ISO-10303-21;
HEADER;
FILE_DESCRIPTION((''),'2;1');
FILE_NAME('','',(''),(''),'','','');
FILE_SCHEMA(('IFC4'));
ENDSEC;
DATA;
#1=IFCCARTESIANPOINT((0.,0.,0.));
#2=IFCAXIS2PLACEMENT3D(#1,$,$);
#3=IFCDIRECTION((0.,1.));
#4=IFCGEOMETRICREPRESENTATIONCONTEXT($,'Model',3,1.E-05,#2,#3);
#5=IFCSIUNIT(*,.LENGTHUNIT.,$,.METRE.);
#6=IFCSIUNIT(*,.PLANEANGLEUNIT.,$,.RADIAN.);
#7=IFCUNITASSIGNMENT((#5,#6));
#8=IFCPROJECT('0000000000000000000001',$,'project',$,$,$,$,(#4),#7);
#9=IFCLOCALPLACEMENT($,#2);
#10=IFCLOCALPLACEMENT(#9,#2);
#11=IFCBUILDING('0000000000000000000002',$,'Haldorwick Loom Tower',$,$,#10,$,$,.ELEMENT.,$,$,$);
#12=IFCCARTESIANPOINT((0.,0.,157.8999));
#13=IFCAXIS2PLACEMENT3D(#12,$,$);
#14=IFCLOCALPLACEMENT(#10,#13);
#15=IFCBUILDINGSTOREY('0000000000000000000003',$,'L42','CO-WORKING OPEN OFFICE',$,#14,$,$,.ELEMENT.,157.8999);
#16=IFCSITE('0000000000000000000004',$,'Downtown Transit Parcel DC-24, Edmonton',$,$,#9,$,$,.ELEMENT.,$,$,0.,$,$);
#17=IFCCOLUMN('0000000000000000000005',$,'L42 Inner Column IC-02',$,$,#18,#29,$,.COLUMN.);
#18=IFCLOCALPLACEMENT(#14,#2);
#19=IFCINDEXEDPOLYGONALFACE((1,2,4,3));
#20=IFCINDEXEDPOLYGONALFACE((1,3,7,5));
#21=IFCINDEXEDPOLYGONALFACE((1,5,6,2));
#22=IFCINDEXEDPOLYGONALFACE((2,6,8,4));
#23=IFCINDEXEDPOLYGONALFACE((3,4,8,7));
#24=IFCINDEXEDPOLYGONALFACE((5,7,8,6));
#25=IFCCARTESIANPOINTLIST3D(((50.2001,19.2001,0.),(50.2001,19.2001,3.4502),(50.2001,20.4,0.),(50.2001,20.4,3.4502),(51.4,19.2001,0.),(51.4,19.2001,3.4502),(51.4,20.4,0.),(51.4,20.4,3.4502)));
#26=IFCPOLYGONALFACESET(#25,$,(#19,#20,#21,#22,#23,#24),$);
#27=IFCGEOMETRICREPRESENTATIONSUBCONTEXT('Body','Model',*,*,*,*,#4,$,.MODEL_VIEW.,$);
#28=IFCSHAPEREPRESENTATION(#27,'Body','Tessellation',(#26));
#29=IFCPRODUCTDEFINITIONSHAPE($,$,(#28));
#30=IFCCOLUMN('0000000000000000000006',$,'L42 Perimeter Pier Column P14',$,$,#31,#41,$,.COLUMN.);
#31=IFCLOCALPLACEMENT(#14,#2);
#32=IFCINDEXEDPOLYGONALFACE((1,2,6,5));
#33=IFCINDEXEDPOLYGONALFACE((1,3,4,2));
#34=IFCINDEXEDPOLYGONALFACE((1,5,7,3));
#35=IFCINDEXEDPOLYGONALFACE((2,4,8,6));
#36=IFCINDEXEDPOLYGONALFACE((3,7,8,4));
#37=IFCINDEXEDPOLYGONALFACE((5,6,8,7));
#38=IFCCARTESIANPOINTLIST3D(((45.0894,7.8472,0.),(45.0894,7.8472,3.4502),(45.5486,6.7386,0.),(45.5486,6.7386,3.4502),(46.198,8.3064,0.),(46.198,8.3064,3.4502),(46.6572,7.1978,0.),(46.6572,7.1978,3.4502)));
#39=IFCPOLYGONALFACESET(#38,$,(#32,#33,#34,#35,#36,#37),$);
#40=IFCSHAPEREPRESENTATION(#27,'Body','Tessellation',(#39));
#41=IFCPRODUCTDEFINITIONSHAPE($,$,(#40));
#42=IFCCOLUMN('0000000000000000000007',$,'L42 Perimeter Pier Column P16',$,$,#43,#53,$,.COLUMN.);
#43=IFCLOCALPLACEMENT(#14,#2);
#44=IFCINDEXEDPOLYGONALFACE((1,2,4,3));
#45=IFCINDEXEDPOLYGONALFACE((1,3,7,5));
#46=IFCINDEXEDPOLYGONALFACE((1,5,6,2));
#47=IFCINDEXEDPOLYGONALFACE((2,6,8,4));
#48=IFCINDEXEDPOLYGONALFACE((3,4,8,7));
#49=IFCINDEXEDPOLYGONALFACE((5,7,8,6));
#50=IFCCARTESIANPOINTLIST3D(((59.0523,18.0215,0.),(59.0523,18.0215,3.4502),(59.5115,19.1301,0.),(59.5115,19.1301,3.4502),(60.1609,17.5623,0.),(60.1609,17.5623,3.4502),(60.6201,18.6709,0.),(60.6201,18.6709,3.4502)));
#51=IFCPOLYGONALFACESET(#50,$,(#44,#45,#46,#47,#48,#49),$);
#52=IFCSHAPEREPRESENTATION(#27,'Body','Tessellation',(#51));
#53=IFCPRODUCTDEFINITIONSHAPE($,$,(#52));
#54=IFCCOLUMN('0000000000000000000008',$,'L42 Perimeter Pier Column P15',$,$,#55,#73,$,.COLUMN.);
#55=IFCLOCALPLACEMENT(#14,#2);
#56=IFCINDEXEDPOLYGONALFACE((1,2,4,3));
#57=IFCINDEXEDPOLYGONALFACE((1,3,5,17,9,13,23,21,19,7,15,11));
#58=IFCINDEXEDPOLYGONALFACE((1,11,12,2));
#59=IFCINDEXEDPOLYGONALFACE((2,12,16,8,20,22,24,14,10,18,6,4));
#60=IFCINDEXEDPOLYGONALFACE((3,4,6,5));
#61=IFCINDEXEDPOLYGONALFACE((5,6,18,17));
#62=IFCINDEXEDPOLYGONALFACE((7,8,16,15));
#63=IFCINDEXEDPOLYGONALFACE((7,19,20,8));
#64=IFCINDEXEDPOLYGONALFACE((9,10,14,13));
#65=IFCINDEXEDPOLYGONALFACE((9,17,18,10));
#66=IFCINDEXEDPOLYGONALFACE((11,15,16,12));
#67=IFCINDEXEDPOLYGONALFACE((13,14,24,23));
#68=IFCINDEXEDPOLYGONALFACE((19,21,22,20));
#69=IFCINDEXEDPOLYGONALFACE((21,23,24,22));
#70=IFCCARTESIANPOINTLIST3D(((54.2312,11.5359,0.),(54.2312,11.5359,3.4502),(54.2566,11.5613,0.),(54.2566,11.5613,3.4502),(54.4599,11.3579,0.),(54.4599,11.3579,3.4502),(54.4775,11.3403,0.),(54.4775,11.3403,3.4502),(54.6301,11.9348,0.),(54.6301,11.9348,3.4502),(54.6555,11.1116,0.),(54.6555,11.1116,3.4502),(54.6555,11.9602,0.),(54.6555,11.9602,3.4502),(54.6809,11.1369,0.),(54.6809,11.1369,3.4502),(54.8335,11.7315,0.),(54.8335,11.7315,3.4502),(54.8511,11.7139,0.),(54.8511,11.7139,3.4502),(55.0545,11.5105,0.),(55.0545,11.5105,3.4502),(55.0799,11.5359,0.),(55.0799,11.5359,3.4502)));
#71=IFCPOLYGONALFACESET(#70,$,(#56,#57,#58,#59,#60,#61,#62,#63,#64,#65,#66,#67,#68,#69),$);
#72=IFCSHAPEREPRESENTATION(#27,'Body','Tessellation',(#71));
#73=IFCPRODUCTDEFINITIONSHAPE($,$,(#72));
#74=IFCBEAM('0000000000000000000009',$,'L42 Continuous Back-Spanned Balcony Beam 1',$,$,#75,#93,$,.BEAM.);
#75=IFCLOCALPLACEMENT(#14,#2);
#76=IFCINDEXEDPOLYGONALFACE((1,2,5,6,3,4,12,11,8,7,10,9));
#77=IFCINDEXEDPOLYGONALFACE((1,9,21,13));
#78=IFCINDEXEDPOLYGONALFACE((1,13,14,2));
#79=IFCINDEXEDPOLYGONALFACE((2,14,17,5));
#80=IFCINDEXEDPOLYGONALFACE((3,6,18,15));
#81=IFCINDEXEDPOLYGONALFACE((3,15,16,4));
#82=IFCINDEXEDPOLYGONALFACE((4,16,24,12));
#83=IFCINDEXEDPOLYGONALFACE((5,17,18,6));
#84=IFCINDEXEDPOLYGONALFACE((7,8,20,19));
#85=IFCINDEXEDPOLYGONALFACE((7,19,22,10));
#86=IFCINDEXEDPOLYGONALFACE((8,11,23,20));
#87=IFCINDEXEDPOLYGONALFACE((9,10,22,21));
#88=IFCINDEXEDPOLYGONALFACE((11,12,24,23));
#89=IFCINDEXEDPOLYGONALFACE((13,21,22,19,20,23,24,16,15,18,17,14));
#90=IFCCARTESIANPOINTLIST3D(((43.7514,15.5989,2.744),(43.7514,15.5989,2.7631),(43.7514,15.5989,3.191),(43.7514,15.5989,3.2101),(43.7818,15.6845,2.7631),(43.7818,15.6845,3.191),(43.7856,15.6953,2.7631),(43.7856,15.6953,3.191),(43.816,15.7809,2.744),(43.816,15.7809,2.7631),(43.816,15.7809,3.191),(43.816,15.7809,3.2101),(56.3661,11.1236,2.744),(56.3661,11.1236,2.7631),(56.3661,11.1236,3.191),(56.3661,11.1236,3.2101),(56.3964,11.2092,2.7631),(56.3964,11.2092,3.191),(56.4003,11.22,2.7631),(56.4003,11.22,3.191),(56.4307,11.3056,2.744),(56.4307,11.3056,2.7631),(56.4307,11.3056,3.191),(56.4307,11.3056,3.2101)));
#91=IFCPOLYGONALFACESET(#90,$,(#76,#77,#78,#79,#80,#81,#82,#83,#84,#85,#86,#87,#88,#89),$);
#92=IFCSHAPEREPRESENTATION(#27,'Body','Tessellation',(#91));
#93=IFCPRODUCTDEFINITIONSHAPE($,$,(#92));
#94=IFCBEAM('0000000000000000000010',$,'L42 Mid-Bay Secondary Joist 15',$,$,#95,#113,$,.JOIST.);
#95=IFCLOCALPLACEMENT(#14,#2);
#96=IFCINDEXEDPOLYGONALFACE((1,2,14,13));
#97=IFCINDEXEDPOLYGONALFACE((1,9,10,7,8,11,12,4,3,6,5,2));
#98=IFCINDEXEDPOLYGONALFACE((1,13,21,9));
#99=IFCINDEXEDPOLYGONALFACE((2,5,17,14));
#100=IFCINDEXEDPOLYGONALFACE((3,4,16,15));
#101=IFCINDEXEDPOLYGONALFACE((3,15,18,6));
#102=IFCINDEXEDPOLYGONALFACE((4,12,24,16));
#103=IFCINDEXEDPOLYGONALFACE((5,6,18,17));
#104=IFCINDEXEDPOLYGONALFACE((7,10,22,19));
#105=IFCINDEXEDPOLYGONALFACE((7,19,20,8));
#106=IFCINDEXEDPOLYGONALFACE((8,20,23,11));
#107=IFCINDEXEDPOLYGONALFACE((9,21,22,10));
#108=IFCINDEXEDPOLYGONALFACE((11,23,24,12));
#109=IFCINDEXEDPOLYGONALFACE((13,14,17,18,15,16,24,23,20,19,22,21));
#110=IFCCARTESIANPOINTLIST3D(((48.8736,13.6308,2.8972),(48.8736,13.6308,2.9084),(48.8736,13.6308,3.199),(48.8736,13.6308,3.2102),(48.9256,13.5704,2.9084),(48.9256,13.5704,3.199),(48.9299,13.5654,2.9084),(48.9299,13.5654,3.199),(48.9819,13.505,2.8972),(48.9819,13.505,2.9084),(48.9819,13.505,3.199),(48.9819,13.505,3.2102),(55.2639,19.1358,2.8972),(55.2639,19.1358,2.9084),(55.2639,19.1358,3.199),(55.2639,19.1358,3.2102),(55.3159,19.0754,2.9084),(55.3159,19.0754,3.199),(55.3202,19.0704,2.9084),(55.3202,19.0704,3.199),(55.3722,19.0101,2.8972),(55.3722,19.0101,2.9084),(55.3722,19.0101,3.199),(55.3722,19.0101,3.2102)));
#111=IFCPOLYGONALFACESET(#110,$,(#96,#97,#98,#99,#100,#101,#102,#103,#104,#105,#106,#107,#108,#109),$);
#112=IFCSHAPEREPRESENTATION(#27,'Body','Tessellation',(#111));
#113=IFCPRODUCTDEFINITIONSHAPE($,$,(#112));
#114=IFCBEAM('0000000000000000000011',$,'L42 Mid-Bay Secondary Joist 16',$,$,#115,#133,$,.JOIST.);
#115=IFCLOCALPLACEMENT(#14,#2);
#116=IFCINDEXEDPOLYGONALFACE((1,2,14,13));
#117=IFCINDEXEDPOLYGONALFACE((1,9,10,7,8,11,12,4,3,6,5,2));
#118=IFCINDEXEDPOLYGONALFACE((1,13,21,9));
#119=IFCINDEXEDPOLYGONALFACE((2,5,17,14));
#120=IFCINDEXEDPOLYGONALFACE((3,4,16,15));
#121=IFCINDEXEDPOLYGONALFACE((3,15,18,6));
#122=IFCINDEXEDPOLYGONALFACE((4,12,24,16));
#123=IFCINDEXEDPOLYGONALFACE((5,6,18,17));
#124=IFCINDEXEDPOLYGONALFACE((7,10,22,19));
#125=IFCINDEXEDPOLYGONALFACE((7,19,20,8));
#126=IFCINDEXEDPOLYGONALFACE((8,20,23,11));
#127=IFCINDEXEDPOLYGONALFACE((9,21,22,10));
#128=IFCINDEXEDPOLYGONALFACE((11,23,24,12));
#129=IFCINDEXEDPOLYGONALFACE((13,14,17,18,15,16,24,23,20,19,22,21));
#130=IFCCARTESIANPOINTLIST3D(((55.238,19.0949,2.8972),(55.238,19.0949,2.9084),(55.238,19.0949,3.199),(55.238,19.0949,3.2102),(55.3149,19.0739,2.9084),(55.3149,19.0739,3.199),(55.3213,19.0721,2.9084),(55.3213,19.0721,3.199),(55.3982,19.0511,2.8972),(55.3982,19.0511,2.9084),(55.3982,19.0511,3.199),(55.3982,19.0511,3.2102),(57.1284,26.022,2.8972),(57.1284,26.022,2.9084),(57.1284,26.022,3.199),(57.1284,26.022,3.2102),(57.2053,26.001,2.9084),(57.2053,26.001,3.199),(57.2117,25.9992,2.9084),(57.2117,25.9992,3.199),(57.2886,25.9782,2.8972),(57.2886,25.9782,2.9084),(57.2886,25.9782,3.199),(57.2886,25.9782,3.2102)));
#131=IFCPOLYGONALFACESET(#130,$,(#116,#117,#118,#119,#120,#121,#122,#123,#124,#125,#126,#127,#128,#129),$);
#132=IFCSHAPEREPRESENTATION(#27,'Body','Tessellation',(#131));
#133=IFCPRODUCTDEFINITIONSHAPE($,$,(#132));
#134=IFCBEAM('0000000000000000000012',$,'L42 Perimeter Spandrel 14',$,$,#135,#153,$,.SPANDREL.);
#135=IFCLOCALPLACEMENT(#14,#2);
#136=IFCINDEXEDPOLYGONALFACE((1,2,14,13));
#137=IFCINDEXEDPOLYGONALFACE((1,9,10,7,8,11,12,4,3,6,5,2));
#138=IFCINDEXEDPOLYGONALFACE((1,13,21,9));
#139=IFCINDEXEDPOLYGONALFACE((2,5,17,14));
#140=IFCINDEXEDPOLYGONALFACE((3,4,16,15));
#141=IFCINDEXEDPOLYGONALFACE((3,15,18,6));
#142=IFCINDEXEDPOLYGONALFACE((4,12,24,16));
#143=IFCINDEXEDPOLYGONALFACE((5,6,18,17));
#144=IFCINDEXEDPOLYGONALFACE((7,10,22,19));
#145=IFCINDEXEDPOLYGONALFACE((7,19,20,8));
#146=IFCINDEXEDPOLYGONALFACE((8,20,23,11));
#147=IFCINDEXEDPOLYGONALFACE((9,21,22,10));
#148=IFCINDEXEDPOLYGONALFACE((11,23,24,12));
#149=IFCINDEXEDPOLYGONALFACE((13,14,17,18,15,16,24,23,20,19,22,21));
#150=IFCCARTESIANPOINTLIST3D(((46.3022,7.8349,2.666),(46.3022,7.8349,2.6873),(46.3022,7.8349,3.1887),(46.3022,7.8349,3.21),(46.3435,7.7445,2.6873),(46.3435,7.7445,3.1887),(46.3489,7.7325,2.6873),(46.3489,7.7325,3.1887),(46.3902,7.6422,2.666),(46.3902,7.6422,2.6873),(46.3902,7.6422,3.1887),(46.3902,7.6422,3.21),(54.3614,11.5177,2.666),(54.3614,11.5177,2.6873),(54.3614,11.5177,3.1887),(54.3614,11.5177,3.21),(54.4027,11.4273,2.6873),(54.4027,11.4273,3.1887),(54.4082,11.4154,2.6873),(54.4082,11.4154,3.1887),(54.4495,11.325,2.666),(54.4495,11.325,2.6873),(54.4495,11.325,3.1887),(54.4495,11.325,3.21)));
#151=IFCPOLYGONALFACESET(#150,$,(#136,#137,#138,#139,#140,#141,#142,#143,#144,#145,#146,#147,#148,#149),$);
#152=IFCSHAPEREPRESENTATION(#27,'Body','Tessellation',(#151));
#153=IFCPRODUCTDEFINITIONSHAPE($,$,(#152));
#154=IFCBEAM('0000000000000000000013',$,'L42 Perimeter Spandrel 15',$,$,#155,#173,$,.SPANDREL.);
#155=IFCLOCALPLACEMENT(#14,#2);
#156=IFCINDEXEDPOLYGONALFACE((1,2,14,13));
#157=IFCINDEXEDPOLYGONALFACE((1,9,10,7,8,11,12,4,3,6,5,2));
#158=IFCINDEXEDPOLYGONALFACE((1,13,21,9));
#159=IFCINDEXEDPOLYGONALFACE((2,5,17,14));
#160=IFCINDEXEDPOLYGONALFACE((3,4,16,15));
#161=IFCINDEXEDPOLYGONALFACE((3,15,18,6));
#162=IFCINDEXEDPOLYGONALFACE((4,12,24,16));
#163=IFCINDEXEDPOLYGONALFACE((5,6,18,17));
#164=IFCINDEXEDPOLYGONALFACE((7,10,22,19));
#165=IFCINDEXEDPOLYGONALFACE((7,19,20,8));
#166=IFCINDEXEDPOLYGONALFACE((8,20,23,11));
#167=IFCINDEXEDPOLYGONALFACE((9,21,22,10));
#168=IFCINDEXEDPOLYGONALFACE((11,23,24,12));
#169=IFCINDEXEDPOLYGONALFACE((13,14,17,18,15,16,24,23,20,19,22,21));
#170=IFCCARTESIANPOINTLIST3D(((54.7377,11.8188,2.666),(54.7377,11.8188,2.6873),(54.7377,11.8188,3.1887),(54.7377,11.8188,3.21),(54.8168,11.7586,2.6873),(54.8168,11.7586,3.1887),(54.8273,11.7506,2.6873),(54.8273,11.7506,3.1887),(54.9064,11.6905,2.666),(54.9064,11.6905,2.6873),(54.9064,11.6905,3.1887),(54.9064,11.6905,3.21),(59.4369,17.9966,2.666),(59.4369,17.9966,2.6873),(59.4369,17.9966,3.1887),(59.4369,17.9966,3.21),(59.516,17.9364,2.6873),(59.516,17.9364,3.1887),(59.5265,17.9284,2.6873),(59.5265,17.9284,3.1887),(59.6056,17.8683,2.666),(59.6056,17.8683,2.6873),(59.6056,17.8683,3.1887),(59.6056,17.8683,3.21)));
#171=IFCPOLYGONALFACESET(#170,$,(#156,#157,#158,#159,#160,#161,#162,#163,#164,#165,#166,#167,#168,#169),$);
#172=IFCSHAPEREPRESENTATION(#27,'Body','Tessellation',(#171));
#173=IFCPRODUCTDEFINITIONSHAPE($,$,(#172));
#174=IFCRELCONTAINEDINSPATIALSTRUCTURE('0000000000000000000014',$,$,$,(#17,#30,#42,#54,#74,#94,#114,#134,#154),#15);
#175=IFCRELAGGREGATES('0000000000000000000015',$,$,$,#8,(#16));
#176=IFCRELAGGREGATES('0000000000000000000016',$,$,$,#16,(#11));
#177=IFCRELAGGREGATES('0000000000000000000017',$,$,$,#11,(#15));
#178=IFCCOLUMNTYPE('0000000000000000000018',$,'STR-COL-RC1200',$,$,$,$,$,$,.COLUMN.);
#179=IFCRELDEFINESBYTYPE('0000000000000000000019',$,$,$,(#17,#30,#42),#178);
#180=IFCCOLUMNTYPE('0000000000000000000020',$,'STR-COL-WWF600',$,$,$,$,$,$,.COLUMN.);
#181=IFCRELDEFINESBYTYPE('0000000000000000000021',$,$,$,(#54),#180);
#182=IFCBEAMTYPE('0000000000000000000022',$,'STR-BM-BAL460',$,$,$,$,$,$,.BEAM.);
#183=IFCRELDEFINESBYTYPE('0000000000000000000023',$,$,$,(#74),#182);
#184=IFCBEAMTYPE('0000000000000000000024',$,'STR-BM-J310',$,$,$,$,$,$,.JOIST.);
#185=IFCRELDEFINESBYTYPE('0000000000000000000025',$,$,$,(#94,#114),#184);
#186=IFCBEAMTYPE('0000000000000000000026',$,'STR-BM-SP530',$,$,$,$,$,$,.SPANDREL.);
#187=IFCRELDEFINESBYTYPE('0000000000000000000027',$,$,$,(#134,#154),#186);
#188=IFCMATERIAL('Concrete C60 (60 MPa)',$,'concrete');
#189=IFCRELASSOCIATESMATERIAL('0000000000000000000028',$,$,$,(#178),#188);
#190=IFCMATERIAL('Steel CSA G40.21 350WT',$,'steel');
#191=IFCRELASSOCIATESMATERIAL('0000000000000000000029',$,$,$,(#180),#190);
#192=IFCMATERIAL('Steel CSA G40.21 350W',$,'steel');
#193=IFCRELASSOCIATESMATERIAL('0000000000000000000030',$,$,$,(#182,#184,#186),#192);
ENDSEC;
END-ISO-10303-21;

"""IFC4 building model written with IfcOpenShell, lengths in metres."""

from ifc_helpers import new_model, si_unit, direction, frame, origin, origin_2d, place, context, subcontext, project, spatial, rectangle, i_section, extrude, material, material_profile, profile_set, type_object, element, save


model = new_model("IFC4")

# Units and contexts
model_context = context("Model", 3, precision=1e-05, world=origin(), true_north=direction((0.0, 1.0)))
body_context = subcontext(model_context, "Body", "Model", "MODEL_VIEW")
ifc_project = project(units=[si_unit("LENGTHUNIT", "METRE"), si_unit("PLANEANGLEUNIT", "RADIAN")], contexts=[model_context])

# Site, building, storey
site_placement = place(None, origin())
site = spatial("IfcSite", under=ifc_project, at=site_placement, Name="Downtown Transit Parcel DC-24, Edmonton", CompositionType="ELEMENT", RefElevation=0.0)
building_placement = place(site_placement, origin())
building = spatial("IfcBuilding", under=site, at=building_placement, Name="Haldorwick Loom Tower", CompositionType="ELEMENT")
storey_placement = place(building_placement, frame((0.0, 0.0, 157.8999)))
storey = spatial("IfcBuildingStorey", under=building, at=storey_placement, Name="L42", Description="CO-WORKING OPEN OFFICE", CompositionType="ELEMENT", Elevation=157.8999)

# Columns
ifc_material_1 = material(Name="Concrete C60 (60 MPa)", Category="concrete")
ifc_material_profile_1 = material_profile(ifc_material_1, rectangle(XDim=1.2, YDim=1.2, at=origin_2d()), Name="RC1200X1200", Category="concrete")
ifc_profile_set_1 = profile_set([ifc_material_profile_1], Name="Concrete C60 (60 MPa)")
column_type_1 = type_object("IfcColumnType", Name="STR-COL-RC1200", PredefinedType="COLUMN", material=ifc_profile_set_1)
for number, where, z_axis, x_axis, name in (
    (1, (50.8, 19.8, 0.0), (0.0, 0.0, 1.0), (1.0, 0.0, 0.0), "L42 Inner Column IC-02"),
    (2, (45.8733, 7.5225, 0.0), (0.0, 0.0, 1.0), (0.382683, -0.92388, 0.0), "L42 Perimeter Pier Column P14"),
    (3, (59.8362, 18.3462, 0.0), (0.0, 0.0, 1.0), (0.92388, -0.382683, 0.0), "L42 Perimeter Pier Column P16"),
):
    element("IfcColumn", number, at=place(storey_placement, frame(where, z_axis=z_axis, x_axis=x_axis)), inside=storey, type_object=column_type_1, Name=name, PredefinedType="COLUMN", context=body_context, shape_type="SweptSolid", body=[
        extrude(rectangle(XDim=1.2, YDim=1.2, at=origin_2d()), origin(), (0.0, 0.0, 1.0), 3.4502),
    ])
ifc_material_2 = material(Name="Steel CSA G40.21 350WT", Category="steel")
ifc_material_profile_2 = material_profile(ifc_material_2, i_section(OverallWidth=0.6001, OverallDepth=0.6001, WebThickness=0.0249, FlangeThickness=0.0359, at=origin_2d()), Name="WWF600X600", Category="steel")
ifc_profile_set_2 = profile_set([ifc_material_profile_2], Name="Steel CSA G40.21 350WT")
column_type_2 = type_object("IfcColumnType", Name="STR-COL-WWF600", PredefinedType="COLUMN", material=ifc_profile_set_2)
column_placement = place(storey_placement, frame((54.6555, 11.5359, 0.0), z_axis=(0.0, 0.0, 1.0), x_axis=(0.707107, -0.707107, 0.0)))
element("IfcColumn", 4, at=column_placement, inside=storey, type_object=column_type_2, Name="L42 Perimeter Pier Column P15", PredefinedType="COLUMN", context=body_context, shape_type="SweptSolid", body=[
    extrude(i_section(OverallWidth=0.6001, OverallDepth=0.6001, WebThickness=0.0249, FlangeThickness=0.0359, at=origin_2d()), origin(), (0.0, 0.0, 1.0), 3.4502),
])

# Beams
ifc_material_3 = material(Name="Steel CSA G40.21 350W", Category="steel")
ifc_material_profile_3 = material_profile(ifc_material_3, i_section(OverallWidth=0.1931, OverallDepth=0.4661, WebThickness=0.0115, FlangeThickness=0.019, at=origin_2d()), Name="W460X97", Category="steel")
ifc_profile_set_3 = profile_set([ifc_material_profile_3], Name="Steel CSA G40.21 350W")
beam_type_1 = type_object("IfcBeamType", Name="STR-BM-BAL460", PredefinedType="BEAM", material=ifc_profile_set_3)
beam_1_placement = place(storey_placement, frame((43.7837, 15.6899, 2.9771), z_axis=(0.942448, -0.334353, 0.0), x_axis=(0.334353, 0.942448, 0.0)))
element("IfcBeam", 5, at=beam_1_placement, inside=storey, type_object=beam_type_1, Name="L42 Continuous Back-Spanned Balcony Beam 1", PredefinedType="BEAM", context=body_context, shape_type="SweptSolid", body=[
    extrude(i_section(OverallWidth=0.1931, OverallDepth=0.4661, WebThickness=0.0115, FlangeThickness=0.019, at=origin_2d()), origin(), (0.0, 0.0, 1.0), 13.385),
])
ifc_material_profile_4 = material_profile(ifc_material_3, i_section(OverallWidth=0.166, OverallDepth=0.313, WebThickness=0.0066, FlangeThickness=0.0112, at=origin_2d()), Name="W310X45", Category="steel")
ifc_profile_set_4 = profile_set([ifc_material_profile_4], Name="Steel CSA G40.21 350W")
beam_type_2 = type_object("IfcBeamType", Name="STR-BM-J310", PredefinedType="JOIST", material=ifc_profile_set_4)
beam_2_placement = place(storey_placement, frame((48.9277, 13.5679, 3.0537), z_axis=(0.757634, 0.65268, 0.0), x_axis=(-0.65268, 0.757634, 0.0)))
element("IfcBeam", 6, at=beam_2_placement, inside=storey, type_object=beam_type_2, Name="L42 Mid-Bay Secondary Joist 15", PredefinedType="JOIST", context=body_context, shape_type="SweptSolid", body=[
    extrude(i_section(OverallWidth=0.166, OverallDepth=0.313, WebThickness=0.0066, FlangeThickness=0.0112, at=origin_2d()), origin(), (0.0, 0.0, 1.0), 8.4346),
])
beam_3_placement = place(storey_placement, frame((55.3181, 19.073, 3.0537), z_axis=(0.263273, 0.964721, 0.0), x_axis=(-0.964721, 0.263273, 0.0)))
element("IfcBeam", 7, at=beam_3_placement, inside=storey, type_object=beam_type_2, Name="L42 Mid-Bay Secondary Joist 16", PredefinedType="JOIST", context=body_context, shape_type="SweptSolid", body=[
    extrude(i_section(OverallWidth=0.166, OverallDepth=0.313, WebThickness=0.0066, FlangeThickness=0.0112, at=origin_2d()), origin(), (0.0, 0.0, 1.0), 7.1804),
])
ifc_material_profile_5 = material_profile(ifc_material_3, i_section(OverallWidth=0.2119, OverallDepth=0.5439, WebThickness=0.0132, FlangeThickness=0.0212, at=origin_2d()), Name="W530X123", Category="steel")
ifc_profile_set_5 = profile_set([ifc_material_profile_5], Name="Steel CSA G40.21 350W")
beam_type_3 = type_object("IfcBeamType", Name="STR-BM-SP530", PredefinedType="SPANDREL", material=ifc_profile_set_5)
beam_4_placement = place(storey_placement, frame((46.3462, 7.7385, 2.938), z_axis=(0.909534, 0.415629, 0.0), x_axis=(-0.415629, 0.909534, 0.0)))
element("IfcBeam", 8, at=beam_4_placement, inside=storey, type_object=beam_type_3, Name="L42 Perimeter Spandrel 14", PredefinedType="SPANDREL", context=body_context, shape_type="SweptSolid", body=[
    extrude(i_section(OverallWidth=0.2119, OverallDepth=0.5439, WebThickness=0.0132, FlangeThickness=0.0212, at=origin_2d()), origin(), (0.0, 0.0, 1.0), 8.8608),
])
beam_5_placement = place(storey_placement, frame((54.822, 11.7546, 2.938), z_axis=(0.605421, 0.795905, 0.0), x_axis=(-0.795905, 0.605421, 0.0)))
element("IfcBeam", 9, at=beam_5_placement, inside=storey, type_object=beam_type_3, Name="L42 Perimeter Spandrel 15", PredefinedType="SPANDREL", context=body_context, shape_type="SweptSolid", body=[
    extrude(i_section(OverallWidth=0.2119, OverallDepth=0.5439, WebThickness=0.0132, FlangeThickness=0.0212, at=origin_2d()), origin(), (0.0, 0.0, 1.0), 7.762),
])

save(model, "model.ifc")
